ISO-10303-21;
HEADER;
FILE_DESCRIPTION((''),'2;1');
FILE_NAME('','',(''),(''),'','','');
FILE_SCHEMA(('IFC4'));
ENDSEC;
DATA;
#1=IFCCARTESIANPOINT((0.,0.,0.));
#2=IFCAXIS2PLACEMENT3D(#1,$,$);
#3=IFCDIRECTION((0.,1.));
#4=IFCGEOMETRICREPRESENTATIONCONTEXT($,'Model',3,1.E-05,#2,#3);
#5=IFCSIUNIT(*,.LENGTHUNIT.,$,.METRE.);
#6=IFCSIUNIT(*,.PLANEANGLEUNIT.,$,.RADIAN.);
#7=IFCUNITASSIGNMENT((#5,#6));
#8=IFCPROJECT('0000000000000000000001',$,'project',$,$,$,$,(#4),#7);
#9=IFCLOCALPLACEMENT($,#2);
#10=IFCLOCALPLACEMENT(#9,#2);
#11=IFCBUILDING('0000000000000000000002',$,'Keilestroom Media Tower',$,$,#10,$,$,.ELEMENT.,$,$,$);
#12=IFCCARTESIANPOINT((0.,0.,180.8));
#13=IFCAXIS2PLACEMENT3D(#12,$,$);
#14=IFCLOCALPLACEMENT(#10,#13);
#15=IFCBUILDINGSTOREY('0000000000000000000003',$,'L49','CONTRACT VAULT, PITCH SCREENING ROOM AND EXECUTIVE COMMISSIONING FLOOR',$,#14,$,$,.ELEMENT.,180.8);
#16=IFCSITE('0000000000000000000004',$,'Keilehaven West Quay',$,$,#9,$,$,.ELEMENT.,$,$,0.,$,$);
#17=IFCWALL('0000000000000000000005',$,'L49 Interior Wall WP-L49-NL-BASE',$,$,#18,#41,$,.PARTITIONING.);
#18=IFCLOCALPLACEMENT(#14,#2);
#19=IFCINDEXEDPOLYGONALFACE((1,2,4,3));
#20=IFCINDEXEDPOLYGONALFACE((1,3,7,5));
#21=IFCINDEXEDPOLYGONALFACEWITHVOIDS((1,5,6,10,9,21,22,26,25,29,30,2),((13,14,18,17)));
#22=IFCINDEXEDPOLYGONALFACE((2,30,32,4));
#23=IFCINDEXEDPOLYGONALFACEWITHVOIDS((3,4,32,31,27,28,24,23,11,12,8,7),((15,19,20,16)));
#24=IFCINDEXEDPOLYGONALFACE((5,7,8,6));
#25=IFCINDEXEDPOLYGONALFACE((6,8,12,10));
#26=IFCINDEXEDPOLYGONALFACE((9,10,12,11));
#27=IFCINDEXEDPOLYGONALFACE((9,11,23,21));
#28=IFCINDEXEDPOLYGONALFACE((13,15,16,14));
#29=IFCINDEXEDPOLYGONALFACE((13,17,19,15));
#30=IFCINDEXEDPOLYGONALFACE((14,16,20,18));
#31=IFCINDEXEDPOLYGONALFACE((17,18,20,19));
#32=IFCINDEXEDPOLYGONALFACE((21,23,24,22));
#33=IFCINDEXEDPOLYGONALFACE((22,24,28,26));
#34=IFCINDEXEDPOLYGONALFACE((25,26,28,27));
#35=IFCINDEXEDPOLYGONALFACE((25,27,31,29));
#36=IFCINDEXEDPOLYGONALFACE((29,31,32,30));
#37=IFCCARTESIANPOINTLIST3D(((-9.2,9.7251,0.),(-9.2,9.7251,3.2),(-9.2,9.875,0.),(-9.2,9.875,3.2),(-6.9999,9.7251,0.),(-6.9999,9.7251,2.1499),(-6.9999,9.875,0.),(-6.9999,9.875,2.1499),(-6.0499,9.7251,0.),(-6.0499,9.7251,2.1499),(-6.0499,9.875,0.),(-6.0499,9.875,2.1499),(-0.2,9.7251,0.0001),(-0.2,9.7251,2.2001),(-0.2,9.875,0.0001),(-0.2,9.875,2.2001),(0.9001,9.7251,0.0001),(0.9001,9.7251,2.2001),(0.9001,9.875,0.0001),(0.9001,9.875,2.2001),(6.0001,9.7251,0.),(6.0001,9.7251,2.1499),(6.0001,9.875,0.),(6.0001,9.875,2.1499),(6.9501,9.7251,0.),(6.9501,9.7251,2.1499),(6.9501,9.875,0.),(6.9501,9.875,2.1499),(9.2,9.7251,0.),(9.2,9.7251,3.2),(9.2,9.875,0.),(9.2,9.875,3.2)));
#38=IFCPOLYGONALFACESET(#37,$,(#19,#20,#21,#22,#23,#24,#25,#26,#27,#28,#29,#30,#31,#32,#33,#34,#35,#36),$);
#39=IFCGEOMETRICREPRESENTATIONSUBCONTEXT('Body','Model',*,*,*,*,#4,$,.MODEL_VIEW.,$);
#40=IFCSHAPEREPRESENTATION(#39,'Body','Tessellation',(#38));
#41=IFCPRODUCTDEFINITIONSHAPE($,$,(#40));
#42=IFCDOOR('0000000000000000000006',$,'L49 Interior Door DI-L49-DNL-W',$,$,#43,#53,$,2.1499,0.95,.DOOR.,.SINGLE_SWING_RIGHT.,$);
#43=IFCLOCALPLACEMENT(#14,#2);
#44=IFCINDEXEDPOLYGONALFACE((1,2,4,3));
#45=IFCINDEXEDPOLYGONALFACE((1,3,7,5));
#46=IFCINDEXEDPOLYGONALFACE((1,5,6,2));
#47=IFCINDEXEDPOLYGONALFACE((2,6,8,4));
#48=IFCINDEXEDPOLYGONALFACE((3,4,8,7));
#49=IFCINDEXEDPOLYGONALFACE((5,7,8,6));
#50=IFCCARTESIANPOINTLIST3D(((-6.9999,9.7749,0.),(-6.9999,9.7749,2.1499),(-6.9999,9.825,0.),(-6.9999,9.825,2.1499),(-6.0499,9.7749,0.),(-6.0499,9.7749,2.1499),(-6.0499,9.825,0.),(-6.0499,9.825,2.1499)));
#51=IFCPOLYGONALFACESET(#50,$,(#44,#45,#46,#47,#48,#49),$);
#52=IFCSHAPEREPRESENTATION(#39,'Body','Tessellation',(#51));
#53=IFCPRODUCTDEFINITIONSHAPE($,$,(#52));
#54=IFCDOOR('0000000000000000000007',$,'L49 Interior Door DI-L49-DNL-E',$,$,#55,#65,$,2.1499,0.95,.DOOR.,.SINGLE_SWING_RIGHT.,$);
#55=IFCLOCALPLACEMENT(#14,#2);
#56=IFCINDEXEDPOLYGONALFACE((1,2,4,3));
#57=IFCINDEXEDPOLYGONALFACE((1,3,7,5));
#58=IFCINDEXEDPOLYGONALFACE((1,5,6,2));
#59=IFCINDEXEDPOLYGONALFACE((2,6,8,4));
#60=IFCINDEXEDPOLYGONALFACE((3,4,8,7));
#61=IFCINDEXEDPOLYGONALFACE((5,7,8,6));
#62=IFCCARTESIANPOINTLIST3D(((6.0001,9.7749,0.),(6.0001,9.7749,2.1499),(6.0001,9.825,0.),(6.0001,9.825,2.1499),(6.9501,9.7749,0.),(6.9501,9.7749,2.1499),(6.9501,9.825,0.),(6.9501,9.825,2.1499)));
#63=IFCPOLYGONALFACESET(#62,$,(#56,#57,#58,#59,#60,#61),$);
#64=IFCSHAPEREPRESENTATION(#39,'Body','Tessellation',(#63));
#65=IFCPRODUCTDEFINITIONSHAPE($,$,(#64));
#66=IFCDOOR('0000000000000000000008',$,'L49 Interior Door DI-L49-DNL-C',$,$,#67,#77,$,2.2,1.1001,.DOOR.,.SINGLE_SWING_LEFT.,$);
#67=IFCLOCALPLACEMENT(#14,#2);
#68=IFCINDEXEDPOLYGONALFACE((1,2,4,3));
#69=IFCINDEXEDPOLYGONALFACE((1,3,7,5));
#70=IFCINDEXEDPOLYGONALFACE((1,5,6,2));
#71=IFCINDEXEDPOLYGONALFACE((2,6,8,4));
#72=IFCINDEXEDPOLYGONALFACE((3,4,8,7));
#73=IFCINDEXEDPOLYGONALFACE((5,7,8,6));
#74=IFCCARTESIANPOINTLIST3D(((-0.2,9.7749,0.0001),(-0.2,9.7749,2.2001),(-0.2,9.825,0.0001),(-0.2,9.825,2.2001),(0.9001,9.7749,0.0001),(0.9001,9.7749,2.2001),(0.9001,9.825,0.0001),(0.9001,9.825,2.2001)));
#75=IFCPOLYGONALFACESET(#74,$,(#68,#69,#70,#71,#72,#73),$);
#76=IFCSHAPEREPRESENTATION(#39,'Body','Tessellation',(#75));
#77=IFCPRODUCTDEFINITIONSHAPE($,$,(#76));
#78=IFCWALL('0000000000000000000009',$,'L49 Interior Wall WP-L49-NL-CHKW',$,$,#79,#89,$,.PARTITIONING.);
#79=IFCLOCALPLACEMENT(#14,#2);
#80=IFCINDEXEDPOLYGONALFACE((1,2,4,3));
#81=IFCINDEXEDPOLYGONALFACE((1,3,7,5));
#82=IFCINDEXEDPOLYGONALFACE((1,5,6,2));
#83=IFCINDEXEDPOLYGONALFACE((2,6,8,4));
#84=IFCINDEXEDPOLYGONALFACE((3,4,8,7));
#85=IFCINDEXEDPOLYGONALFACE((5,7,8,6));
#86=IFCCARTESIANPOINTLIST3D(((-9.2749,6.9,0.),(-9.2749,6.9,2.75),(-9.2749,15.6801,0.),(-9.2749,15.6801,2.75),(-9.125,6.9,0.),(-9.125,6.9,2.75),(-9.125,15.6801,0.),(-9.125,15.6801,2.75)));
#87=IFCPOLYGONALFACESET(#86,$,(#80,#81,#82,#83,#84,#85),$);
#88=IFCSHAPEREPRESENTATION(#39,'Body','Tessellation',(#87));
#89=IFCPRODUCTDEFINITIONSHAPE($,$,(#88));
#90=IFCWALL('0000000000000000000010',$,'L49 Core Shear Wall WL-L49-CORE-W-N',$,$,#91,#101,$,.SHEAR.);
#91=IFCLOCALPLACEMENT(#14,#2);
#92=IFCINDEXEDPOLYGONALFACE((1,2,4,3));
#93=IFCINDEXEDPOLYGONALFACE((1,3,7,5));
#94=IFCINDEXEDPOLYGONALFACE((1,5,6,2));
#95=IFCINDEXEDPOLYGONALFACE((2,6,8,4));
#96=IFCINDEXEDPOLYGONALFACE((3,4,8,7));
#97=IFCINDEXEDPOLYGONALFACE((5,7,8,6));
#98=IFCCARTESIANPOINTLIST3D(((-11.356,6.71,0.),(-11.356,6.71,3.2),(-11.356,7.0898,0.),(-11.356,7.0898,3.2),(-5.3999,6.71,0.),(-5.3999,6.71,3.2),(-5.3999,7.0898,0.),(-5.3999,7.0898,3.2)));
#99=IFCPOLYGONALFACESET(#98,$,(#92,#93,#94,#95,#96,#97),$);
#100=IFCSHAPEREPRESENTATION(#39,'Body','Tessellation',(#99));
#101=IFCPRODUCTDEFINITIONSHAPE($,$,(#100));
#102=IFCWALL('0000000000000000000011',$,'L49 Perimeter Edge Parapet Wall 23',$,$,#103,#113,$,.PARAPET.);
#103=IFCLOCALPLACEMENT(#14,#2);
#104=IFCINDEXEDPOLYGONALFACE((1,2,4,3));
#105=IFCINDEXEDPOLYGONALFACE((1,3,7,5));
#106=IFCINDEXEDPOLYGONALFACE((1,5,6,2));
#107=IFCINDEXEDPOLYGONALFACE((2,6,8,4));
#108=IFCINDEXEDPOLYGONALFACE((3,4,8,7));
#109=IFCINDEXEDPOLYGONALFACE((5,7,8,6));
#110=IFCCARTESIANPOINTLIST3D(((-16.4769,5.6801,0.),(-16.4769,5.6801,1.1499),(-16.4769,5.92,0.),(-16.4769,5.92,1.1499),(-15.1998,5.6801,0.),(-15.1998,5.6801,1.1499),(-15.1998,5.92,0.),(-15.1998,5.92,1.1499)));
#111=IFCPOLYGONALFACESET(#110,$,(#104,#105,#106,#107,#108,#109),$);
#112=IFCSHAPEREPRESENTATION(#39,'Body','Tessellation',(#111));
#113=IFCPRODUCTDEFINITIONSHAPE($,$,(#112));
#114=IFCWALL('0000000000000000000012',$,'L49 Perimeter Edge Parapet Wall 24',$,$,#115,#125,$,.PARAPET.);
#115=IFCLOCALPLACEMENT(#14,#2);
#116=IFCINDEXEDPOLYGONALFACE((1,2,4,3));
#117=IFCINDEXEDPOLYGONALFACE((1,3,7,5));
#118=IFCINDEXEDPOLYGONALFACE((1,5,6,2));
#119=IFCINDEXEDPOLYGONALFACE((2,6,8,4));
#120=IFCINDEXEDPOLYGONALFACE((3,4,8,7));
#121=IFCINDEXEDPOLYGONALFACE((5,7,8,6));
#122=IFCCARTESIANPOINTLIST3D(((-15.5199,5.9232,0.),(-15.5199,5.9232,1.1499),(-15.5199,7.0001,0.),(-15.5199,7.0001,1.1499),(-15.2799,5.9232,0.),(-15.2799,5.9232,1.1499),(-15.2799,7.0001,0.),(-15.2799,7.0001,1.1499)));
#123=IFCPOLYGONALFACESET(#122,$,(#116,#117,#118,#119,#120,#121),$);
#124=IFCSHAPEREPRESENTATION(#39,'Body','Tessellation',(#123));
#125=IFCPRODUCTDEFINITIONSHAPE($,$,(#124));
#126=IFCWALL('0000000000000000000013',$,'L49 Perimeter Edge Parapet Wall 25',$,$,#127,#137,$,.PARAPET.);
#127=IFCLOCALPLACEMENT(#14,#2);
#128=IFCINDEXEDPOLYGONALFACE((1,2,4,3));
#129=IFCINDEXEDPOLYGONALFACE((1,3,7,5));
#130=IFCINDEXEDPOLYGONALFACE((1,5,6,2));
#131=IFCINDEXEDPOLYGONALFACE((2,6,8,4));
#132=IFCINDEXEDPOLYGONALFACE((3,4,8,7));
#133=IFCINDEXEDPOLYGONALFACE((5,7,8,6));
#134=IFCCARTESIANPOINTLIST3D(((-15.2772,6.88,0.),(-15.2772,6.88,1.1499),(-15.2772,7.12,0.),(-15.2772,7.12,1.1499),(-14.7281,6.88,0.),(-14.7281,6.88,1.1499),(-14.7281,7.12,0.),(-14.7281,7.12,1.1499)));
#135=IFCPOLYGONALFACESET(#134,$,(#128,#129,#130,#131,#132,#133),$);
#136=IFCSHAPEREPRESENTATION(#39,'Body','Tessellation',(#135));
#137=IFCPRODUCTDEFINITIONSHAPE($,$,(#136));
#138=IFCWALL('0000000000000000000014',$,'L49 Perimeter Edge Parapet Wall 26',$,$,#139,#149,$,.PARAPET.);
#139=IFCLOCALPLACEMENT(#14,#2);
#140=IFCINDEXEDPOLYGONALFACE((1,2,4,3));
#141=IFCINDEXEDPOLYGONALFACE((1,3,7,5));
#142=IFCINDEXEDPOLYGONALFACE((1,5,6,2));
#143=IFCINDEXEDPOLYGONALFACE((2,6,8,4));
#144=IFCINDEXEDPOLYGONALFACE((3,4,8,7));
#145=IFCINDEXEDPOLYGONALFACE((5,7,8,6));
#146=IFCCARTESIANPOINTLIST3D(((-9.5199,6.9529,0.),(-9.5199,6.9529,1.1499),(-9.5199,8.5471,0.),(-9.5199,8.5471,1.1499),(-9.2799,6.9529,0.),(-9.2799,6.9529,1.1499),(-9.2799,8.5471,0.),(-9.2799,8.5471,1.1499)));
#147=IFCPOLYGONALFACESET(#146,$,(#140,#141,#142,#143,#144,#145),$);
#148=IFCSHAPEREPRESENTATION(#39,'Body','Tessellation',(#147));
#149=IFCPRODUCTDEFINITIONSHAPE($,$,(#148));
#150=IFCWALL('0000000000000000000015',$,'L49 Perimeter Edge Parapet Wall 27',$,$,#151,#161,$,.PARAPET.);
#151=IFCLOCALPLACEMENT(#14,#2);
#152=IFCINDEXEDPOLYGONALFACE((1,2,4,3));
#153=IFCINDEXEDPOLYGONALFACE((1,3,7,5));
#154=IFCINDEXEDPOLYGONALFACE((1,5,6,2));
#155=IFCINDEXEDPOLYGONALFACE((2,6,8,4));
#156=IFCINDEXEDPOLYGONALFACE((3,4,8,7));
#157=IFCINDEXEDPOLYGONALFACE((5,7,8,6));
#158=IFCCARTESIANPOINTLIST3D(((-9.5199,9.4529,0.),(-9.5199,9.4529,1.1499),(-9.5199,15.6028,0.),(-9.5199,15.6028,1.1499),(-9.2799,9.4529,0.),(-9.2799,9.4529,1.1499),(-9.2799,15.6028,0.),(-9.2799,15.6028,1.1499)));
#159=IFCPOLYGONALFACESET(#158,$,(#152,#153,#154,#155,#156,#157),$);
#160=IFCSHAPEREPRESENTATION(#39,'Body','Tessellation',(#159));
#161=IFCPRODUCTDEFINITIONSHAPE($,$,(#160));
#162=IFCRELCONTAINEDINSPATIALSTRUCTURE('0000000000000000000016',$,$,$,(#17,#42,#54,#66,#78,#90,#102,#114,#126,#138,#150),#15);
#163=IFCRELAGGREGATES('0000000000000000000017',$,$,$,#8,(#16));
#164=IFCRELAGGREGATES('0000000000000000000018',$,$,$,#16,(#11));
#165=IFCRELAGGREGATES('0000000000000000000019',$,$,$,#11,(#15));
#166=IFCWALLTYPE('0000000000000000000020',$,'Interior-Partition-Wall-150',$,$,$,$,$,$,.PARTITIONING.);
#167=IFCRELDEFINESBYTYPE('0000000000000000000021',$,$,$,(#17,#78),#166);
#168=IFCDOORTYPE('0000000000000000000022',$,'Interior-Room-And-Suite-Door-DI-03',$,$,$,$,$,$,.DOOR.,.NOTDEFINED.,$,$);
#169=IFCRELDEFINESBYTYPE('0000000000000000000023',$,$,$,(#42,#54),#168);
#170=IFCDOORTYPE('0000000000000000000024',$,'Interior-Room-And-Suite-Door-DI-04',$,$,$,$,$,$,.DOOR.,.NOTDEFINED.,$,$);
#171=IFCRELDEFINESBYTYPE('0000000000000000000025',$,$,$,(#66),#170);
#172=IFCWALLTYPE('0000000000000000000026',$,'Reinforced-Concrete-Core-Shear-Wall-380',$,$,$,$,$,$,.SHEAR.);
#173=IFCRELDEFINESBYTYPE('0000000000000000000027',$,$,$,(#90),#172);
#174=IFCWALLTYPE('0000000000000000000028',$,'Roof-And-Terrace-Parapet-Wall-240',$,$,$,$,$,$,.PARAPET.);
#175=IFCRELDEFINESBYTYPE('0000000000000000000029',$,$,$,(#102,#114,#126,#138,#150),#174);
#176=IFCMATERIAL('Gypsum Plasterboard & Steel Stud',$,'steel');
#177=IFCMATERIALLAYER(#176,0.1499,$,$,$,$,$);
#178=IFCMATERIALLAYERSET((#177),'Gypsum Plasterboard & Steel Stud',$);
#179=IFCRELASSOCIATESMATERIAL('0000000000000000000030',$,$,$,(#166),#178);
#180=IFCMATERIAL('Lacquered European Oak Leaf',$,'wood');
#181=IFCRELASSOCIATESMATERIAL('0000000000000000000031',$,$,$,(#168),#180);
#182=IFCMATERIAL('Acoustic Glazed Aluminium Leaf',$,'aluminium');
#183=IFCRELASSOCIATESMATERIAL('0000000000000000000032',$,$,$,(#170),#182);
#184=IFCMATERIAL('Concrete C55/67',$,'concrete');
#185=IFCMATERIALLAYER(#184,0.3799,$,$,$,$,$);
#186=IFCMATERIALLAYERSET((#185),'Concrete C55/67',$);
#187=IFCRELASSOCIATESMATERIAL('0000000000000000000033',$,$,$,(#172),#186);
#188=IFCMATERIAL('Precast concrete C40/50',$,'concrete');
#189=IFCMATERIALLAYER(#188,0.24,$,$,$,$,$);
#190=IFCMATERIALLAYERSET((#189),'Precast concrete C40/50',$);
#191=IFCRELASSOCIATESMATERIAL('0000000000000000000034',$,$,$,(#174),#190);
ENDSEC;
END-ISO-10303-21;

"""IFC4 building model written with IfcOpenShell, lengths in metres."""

from ifc_helpers import new_model, si_unit, direction, frame, frame_2d, origin, place, context, subcontext, project, spatial, rectangle, extrude, source, transform, mapped, material, layer, layer_set, type_object, element, fill, save


model = new_model("IFC4")

# Units and contexts
model_context = context("Model", 3, precision=1e-05, world=origin(), true_north=direction((0.0, 1.0)))
body_context = subcontext(model_context, "Body", "Model", "MODEL_VIEW")
ifc_project = project(units=[si_unit("LENGTHUNIT", "METRE"), si_unit("PLANEANGLEUNIT", "RADIAN")], contexts=[model_context])

# Site, building, storey
site_placement = place(None, origin())
site = spatial("IfcSite", under=ifc_project, at=site_placement, Name="Keilehaven West Quay", CompositionType="ELEMENT", RefElevation=0.0)
building_placement = place(site_placement, origin())
building = spatial("IfcBuilding", under=site, at=building_placement, Name="Keilestroom Media Tower", CompositionType="ELEMENT")
storey_placement = place(building_placement, frame((0.0, 0.0, 180.8)))
storey = spatial("IfcBuildingStorey", under=building, at=storey_placement, Name="L49", Description="CONTRACT VAULT, PITCH SCREENING ROOM AND EXECUTIVE COMMISSIONING FLOOR", CompositionType="ELEMENT", Elevation=180.8)

# Shared definitions
ifc_material_1 = material(Name="Precast concrete C40/50", Category="concrete")
ifc_material_2 = material(Name="Concrete C55/67", Category="concrete")

# Shared definitions
ifc_material_3 = material(Name="Gypsum Plasterboard & Steel Stud", Category="steel")

# Wall, openings, doors
ifc_layer_1 = layer(ifc_material_3, 0.1499)
ifc_layer_set_1 = layer_set([ifc_layer_1], Name="Gypsum Plasterboard & Steel Stud")
wall_type_1 = type_object("IfcWallType", Name="Interior-Partition-Wall-150", PredefinedType="PARTITIONING", material=ifc_layer_set_1)
wall_1_placement = place(storey_placement, frame((-9.2, 9.8, 0.0), z_axis=(0.0, 0.0, 1.0), x_axis=(1.0, 0.0, 0.0)))
wall_1 = element("IfcWall", 1, at=wall_1_placement, inside=storey, type_object=wall_type_1, Name="L49 Interior Wall WP-L49-NL-BASE", PredefinedType="PARTITIONING", context=body_context, shape_type="SweptSolid", body=[
    extrude(rectangle(XDim=18.3999, YDim=0.1499, at=frame_2d((9.2, 0.0))), origin(), (0.0, 0.0, 1.0), 3.2),
])
opening_1_placement = place(wall_1_placement, frame((2.2, 0.0, 0.0)))
opening_1 = element("IfcOpeningElement", 2, at=opening_1_placement, cuts=wall_1, PredefinedType="OPENING", context=body_context, shape_type="SweptSolid", body=[
    extrude(rectangle(XDim=0.95, YDim=2.1499, at=frame_2d((0.4751, 1.075))), frame((0.0, 0.085, 0.0), z_axis=(0.0, -1.0, 0.0), x_axis=(1.0, 0.0, 0.0)), (0.0, 0.0, 1.0), 0.1699),
])
opening_2_placement = place(wall_1_placement, frame((9.0, 0.0, 0.0)))
opening_2 = element("IfcOpeningElement", 3, at=opening_2_placement, cuts=wall_1, PredefinedType="OPENING", context=body_context, shape_type="SweptSolid", body=[
    extrude(rectangle(XDim=1.1001, YDim=2.2, at=frame_2d((0.55, 1.1001))), frame((0.0, 0.085, 0.0), z_axis=(0.0, -1.0, 0.0), x_axis=(1.0, 0.0, 0.0)), (0.0, 0.0, 1.0), 0.1699),
])
opening_3_placement = place(wall_1_placement, frame((15.2, 0.0, 0.0)))
opening_3 = element("IfcOpeningElement", 4, at=opening_3_placement, cuts=wall_1, PredefinedType="OPENING", context=body_context, shape_type="SweptSolid", body=[
    extrude(rectangle(XDim=0.95, YDim=2.1499, at=frame_2d((0.4751, 1.075))), frame((0.0, 0.085, 0.0), z_axis=(0.0, -1.0, 0.0), x_axis=(1.0, 0.0, 0.0)), (0.0, 0.0, 1.0), 0.1699),
])
ifc_material_4 = material(Name="Lacquered European Oak Leaf", Category="wood")
door_type_1 = type_object("IfcDoorType", Name="Interior-Room-And-Suite-Door-DI-03", OperationType="NOTDEFINED", PredefinedType="DOOR", material=ifc_material_4)
shared_shape_1 = source(origin(), body_context, "Body", "SweptSolid", [
    extrude(rectangle(XDim=0.95, YDim=2.1499, at=frame_2d((0.4751, 1.075))), frame((0.0, 0.0249, 0.0), z_axis=(0.0, -1.0, 0.0), x_axis=(1.0, 0.0, 0.0)), (0.0, 0.0, 1.0), 0.05),
])
door_1_placement = place(opening_1_placement, origin())
door_1 = element("IfcDoor", 5, at=door_1_placement, inside=storey, type_object=door_type_1, Name="L49 Interior Door DI-L49-DNL-W", OperationType="SINGLE_SWING_RIGHT", OverallHeight=2.1499, OverallWidth=0.95, PredefinedType="DOOR", context=body_context, shape_type="MappedRepresentation", body=[
    mapped(shared_shape_1, transform((0.0, 0.0, 0.0), x_axis=(1.0, 0.0, 0.0), y_axis=(0.0, 1.0, 0.0), z_axis=(0.0, 0.0, 1.0), scale=1.0)),
])
fill(opening_1, door_1)
door_2_placement = place(opening_3_placement, origin())
door_2 = element("IfcDoor", 6, at=door_2_placement, inside=storey, type_object=door_type_1, Name="L49 Interior Door DI-L49-DNL-E", OperationType="SINGLE_SWING_RIGHT", OverallHeight=2.1499, OverallWidth=0.95, PredefinedType="DOOR", context=body_context, shape_type="MappedRepresentation", body=[
    mapped(shared_shape_1, transform((0.0, 0.0, 0.0), x_axis=(1.0, 0.0, 0.0), y_axis=(0.0, 1.0, 0.0), z_axis=(0.0, 0.0, 1.0), scale=1.0)),
])
fill(opening_3, door_2)
ifc_material_5 = material(Name="Acoustic Glazed Aluminium Leaf", Category="aluminium")
door_type_2 = type_object("IfcDoorType", Name="Interior-Room-And-Suite-Door-DI-04", OperationType="NOTDEFINED", PredefinedType="DOOR", material=ifc_material_5)
shared_shape_2 = source(origin(), body_context, "Body", "SweptSolid", [
    extrude(rectangle(XDim=1.1001, YDim=2.2, at=frame_2d((0.55, 1.1001))), frame((0.0, 0.0249, 0.0), z_axis=(0.0, -1.0, 0.0), x_axis=(1.0, 0.0, 0.0)), (0.0, 0.0, 1.0), 0.05),
])
door_3_placement = place(opening_2_placement, origin())
door_3 = element("IfcDoor", 7, at=door_3_placement, inside=storey, type_object=door_type_2, Name="L49 Interior Door DI-L49-DNL-C", OperationType="SINGLE_SWING_LEFT", OverallHeight=2.2, OverallWidth=1.1001, PredefinedType="DOOR", context=body_context, shape_type="MappedRepresentation", body=[
    mapped(shared_shape_2, transform((0.0, 0.0, 0.0), x_axis=(1.0, 0.0, 0.0), y_axis=(0.0, 1.0, 0.0), z_axis=(0.0, 0.0, 1.0), scale=1.0)),
])
fill(opening_2, door_3)

# Walls
wall_2_placement = place(storey_placement, frame((-9.2, 6.8999, 0.0), z_axis=(0.0, 0.0, 1.0), x_axis=(0.0, 1.0, 0.0)))
element("IfcWall", 8, at=wall_2_placement, inside=storey, type_object=wall_type_1, Name="L49 Interior Wall WP-L49-NL-CHKW", PredefinedType="PARTITIONING", context=body_context, shape_type="SweptSolid", body=[
    extrude(rectangle(XDim=8.78, YDim=0.1499, at=frame_2d((4.3901, 0.0))), origin(), (0.0, 0.0, 1.0), 2.75),
])
ifc_layer_2 = layer(ifc_material_2, 0.3799)
ifc_layer_set_2 = layer_set([ifc_layer_2], Name="Concrete C55/67")
wall_type_2 = type_object("IfcWallType", Name="Reinforced-Concrete-Core-Shear-Wall-380", PredefinedType="SHEAR", material=ifc_layer_set_2)
wall_3_placement = place(storey_placement, frame((-11.356, 6.8999, 0.0), z_axis=(0.0, 0.0, 1.0), x_axis=(1.0, 0.0, 0.0)))
element("IfcWall", 9, at=wall_3_placement, inside=storey, type_object=wall_type_2, Name="L49 Core Shear Wall WL-L49-CORE-W-N", PredefinedType="SHEAR", context=body_context, shape_type="SweptSolid", body=[
    extrude(rectangle(XDim=5.9561, YDim=0.3799, at=frame_2d((2.978, 0.0))), origin(), (0.0, 0.0, 1.0), 3.2),
])
ifc_layer_3 = layer(ifc_material_1, 0.24)
ifc_layer_set_3 = layer_set([ifc_layer_3], Name="Precast concrete C40/50")
wall_type_3 = type_object("IfcWallType", Name="Roof-And-Terrace-Parapet-Wall-240", PredefinedType="PARAPET", material=ifc_layer_set_3)
wall_4_placement = place(storey_placement, frame((-16.4771, 5.8, 0.0), z_axis=(0.0, 0.0, 1.0), x_axis=(1.0, 0.0, 0.0)))
element("IfcWall", 10, at=wall_4_placement, inside=storey, type_object=wall_type_3, Name="L49 Perimeter Edge Parapet Wall 23", PredefinedType="PARAPET", context=body_context, shape_type="SweptSolid", body=[
    extrude(rectangle(XDim=1.2771, YDim=0.24, at=frame_2d((0.6387, 0.0))), origin(), (0.0, 0.0, 1.0), 1.1499),
])
wall_5_placement = place(storey_placement, frame((-15.3999, 5.9231, 0.0), z_axis=(0.0, 0.0, 1.0), x_axis=(0.0, 1.0, 0.0)))
element("IfcWall", 11, at=wall_5_placement, inside=storey, type_object=wall_type_3, Name="L49 Perimeter Edge Parapet Wall 24", PredefinedType="PARAPET", context=body_context, shape_type="SweptSolid", body=[
    extrude(rectangle(XDim=1.0769, YDim=0.24, at=frame_2d((0.5386, 0.0))), origin(), (0.0, 0.0, 1.0), 1.1499),
])
wall_6_placement = place(storey_placement, frame((-15.2771, 7.0, 0.0), z_axis=(0.0, 0.0, 1.0), x_axis=(1.0, 0.0, 0.0)))
element("IfcWall", 12, at=wall_6_placement, inside=storey, type_object=wall_type_3, Name="L49 Perimeter Edge Parapet Wall 25", PredefinedType="PARAPET", context=body_context, shape_type="SweptSolid", body=[
    extrude(rectangle(XDim=0.5491, YDim=0.24, at=frame_2d((0.2744, 0.0))), origin(), (0.0, 0.0, 1.0), 1.1499),
])
wall_7_placement = place(storey_placement, frame((-9.3999, 6.9529, 0.0), z_axis=(0.0, 0.0, 1.0), x_axis=(0.0, 1.0, 0.0)))
element("IfcWall", 13, at=wall_7_placement, inside=storey, type_object=wall_type_3, Name="L49 Perimeter Edge Parapet Wall 26", PredefinedType="PARAPET", context=body_context, shape_type="SweptSolid", body=[
    extrude(rectangle(XDim=1.5942, YDim=0.24, at=frame_2d((0.7971, 0.0))), origin(), (0.0, 0.0, 1.0), 1.1499),
])
wall_8_placement = place(storey_placement, frame((-9.3999, 9.4529, 0.0), z_axis=(0.0, 0.0, 1.0), x_axis=(0.0, 1.0, 0.0)))
element("IfcWall", 14, at=wall_8_placement, inside=storey, type_object=wall_type_3, Name="L49 Perimeter Edge Parapet Wall 27", PredefinedType="PARAPET", context=body_context, shape_type="SweptSolid", body=[
    extrude(rectangle(XDim=6.1499, YDim=0.24, at=frame_2d((3.075, 0.0))), origin(), (0.0, 0.0, 1.0), 1.1499),
])

save(model, "model.ifc")
